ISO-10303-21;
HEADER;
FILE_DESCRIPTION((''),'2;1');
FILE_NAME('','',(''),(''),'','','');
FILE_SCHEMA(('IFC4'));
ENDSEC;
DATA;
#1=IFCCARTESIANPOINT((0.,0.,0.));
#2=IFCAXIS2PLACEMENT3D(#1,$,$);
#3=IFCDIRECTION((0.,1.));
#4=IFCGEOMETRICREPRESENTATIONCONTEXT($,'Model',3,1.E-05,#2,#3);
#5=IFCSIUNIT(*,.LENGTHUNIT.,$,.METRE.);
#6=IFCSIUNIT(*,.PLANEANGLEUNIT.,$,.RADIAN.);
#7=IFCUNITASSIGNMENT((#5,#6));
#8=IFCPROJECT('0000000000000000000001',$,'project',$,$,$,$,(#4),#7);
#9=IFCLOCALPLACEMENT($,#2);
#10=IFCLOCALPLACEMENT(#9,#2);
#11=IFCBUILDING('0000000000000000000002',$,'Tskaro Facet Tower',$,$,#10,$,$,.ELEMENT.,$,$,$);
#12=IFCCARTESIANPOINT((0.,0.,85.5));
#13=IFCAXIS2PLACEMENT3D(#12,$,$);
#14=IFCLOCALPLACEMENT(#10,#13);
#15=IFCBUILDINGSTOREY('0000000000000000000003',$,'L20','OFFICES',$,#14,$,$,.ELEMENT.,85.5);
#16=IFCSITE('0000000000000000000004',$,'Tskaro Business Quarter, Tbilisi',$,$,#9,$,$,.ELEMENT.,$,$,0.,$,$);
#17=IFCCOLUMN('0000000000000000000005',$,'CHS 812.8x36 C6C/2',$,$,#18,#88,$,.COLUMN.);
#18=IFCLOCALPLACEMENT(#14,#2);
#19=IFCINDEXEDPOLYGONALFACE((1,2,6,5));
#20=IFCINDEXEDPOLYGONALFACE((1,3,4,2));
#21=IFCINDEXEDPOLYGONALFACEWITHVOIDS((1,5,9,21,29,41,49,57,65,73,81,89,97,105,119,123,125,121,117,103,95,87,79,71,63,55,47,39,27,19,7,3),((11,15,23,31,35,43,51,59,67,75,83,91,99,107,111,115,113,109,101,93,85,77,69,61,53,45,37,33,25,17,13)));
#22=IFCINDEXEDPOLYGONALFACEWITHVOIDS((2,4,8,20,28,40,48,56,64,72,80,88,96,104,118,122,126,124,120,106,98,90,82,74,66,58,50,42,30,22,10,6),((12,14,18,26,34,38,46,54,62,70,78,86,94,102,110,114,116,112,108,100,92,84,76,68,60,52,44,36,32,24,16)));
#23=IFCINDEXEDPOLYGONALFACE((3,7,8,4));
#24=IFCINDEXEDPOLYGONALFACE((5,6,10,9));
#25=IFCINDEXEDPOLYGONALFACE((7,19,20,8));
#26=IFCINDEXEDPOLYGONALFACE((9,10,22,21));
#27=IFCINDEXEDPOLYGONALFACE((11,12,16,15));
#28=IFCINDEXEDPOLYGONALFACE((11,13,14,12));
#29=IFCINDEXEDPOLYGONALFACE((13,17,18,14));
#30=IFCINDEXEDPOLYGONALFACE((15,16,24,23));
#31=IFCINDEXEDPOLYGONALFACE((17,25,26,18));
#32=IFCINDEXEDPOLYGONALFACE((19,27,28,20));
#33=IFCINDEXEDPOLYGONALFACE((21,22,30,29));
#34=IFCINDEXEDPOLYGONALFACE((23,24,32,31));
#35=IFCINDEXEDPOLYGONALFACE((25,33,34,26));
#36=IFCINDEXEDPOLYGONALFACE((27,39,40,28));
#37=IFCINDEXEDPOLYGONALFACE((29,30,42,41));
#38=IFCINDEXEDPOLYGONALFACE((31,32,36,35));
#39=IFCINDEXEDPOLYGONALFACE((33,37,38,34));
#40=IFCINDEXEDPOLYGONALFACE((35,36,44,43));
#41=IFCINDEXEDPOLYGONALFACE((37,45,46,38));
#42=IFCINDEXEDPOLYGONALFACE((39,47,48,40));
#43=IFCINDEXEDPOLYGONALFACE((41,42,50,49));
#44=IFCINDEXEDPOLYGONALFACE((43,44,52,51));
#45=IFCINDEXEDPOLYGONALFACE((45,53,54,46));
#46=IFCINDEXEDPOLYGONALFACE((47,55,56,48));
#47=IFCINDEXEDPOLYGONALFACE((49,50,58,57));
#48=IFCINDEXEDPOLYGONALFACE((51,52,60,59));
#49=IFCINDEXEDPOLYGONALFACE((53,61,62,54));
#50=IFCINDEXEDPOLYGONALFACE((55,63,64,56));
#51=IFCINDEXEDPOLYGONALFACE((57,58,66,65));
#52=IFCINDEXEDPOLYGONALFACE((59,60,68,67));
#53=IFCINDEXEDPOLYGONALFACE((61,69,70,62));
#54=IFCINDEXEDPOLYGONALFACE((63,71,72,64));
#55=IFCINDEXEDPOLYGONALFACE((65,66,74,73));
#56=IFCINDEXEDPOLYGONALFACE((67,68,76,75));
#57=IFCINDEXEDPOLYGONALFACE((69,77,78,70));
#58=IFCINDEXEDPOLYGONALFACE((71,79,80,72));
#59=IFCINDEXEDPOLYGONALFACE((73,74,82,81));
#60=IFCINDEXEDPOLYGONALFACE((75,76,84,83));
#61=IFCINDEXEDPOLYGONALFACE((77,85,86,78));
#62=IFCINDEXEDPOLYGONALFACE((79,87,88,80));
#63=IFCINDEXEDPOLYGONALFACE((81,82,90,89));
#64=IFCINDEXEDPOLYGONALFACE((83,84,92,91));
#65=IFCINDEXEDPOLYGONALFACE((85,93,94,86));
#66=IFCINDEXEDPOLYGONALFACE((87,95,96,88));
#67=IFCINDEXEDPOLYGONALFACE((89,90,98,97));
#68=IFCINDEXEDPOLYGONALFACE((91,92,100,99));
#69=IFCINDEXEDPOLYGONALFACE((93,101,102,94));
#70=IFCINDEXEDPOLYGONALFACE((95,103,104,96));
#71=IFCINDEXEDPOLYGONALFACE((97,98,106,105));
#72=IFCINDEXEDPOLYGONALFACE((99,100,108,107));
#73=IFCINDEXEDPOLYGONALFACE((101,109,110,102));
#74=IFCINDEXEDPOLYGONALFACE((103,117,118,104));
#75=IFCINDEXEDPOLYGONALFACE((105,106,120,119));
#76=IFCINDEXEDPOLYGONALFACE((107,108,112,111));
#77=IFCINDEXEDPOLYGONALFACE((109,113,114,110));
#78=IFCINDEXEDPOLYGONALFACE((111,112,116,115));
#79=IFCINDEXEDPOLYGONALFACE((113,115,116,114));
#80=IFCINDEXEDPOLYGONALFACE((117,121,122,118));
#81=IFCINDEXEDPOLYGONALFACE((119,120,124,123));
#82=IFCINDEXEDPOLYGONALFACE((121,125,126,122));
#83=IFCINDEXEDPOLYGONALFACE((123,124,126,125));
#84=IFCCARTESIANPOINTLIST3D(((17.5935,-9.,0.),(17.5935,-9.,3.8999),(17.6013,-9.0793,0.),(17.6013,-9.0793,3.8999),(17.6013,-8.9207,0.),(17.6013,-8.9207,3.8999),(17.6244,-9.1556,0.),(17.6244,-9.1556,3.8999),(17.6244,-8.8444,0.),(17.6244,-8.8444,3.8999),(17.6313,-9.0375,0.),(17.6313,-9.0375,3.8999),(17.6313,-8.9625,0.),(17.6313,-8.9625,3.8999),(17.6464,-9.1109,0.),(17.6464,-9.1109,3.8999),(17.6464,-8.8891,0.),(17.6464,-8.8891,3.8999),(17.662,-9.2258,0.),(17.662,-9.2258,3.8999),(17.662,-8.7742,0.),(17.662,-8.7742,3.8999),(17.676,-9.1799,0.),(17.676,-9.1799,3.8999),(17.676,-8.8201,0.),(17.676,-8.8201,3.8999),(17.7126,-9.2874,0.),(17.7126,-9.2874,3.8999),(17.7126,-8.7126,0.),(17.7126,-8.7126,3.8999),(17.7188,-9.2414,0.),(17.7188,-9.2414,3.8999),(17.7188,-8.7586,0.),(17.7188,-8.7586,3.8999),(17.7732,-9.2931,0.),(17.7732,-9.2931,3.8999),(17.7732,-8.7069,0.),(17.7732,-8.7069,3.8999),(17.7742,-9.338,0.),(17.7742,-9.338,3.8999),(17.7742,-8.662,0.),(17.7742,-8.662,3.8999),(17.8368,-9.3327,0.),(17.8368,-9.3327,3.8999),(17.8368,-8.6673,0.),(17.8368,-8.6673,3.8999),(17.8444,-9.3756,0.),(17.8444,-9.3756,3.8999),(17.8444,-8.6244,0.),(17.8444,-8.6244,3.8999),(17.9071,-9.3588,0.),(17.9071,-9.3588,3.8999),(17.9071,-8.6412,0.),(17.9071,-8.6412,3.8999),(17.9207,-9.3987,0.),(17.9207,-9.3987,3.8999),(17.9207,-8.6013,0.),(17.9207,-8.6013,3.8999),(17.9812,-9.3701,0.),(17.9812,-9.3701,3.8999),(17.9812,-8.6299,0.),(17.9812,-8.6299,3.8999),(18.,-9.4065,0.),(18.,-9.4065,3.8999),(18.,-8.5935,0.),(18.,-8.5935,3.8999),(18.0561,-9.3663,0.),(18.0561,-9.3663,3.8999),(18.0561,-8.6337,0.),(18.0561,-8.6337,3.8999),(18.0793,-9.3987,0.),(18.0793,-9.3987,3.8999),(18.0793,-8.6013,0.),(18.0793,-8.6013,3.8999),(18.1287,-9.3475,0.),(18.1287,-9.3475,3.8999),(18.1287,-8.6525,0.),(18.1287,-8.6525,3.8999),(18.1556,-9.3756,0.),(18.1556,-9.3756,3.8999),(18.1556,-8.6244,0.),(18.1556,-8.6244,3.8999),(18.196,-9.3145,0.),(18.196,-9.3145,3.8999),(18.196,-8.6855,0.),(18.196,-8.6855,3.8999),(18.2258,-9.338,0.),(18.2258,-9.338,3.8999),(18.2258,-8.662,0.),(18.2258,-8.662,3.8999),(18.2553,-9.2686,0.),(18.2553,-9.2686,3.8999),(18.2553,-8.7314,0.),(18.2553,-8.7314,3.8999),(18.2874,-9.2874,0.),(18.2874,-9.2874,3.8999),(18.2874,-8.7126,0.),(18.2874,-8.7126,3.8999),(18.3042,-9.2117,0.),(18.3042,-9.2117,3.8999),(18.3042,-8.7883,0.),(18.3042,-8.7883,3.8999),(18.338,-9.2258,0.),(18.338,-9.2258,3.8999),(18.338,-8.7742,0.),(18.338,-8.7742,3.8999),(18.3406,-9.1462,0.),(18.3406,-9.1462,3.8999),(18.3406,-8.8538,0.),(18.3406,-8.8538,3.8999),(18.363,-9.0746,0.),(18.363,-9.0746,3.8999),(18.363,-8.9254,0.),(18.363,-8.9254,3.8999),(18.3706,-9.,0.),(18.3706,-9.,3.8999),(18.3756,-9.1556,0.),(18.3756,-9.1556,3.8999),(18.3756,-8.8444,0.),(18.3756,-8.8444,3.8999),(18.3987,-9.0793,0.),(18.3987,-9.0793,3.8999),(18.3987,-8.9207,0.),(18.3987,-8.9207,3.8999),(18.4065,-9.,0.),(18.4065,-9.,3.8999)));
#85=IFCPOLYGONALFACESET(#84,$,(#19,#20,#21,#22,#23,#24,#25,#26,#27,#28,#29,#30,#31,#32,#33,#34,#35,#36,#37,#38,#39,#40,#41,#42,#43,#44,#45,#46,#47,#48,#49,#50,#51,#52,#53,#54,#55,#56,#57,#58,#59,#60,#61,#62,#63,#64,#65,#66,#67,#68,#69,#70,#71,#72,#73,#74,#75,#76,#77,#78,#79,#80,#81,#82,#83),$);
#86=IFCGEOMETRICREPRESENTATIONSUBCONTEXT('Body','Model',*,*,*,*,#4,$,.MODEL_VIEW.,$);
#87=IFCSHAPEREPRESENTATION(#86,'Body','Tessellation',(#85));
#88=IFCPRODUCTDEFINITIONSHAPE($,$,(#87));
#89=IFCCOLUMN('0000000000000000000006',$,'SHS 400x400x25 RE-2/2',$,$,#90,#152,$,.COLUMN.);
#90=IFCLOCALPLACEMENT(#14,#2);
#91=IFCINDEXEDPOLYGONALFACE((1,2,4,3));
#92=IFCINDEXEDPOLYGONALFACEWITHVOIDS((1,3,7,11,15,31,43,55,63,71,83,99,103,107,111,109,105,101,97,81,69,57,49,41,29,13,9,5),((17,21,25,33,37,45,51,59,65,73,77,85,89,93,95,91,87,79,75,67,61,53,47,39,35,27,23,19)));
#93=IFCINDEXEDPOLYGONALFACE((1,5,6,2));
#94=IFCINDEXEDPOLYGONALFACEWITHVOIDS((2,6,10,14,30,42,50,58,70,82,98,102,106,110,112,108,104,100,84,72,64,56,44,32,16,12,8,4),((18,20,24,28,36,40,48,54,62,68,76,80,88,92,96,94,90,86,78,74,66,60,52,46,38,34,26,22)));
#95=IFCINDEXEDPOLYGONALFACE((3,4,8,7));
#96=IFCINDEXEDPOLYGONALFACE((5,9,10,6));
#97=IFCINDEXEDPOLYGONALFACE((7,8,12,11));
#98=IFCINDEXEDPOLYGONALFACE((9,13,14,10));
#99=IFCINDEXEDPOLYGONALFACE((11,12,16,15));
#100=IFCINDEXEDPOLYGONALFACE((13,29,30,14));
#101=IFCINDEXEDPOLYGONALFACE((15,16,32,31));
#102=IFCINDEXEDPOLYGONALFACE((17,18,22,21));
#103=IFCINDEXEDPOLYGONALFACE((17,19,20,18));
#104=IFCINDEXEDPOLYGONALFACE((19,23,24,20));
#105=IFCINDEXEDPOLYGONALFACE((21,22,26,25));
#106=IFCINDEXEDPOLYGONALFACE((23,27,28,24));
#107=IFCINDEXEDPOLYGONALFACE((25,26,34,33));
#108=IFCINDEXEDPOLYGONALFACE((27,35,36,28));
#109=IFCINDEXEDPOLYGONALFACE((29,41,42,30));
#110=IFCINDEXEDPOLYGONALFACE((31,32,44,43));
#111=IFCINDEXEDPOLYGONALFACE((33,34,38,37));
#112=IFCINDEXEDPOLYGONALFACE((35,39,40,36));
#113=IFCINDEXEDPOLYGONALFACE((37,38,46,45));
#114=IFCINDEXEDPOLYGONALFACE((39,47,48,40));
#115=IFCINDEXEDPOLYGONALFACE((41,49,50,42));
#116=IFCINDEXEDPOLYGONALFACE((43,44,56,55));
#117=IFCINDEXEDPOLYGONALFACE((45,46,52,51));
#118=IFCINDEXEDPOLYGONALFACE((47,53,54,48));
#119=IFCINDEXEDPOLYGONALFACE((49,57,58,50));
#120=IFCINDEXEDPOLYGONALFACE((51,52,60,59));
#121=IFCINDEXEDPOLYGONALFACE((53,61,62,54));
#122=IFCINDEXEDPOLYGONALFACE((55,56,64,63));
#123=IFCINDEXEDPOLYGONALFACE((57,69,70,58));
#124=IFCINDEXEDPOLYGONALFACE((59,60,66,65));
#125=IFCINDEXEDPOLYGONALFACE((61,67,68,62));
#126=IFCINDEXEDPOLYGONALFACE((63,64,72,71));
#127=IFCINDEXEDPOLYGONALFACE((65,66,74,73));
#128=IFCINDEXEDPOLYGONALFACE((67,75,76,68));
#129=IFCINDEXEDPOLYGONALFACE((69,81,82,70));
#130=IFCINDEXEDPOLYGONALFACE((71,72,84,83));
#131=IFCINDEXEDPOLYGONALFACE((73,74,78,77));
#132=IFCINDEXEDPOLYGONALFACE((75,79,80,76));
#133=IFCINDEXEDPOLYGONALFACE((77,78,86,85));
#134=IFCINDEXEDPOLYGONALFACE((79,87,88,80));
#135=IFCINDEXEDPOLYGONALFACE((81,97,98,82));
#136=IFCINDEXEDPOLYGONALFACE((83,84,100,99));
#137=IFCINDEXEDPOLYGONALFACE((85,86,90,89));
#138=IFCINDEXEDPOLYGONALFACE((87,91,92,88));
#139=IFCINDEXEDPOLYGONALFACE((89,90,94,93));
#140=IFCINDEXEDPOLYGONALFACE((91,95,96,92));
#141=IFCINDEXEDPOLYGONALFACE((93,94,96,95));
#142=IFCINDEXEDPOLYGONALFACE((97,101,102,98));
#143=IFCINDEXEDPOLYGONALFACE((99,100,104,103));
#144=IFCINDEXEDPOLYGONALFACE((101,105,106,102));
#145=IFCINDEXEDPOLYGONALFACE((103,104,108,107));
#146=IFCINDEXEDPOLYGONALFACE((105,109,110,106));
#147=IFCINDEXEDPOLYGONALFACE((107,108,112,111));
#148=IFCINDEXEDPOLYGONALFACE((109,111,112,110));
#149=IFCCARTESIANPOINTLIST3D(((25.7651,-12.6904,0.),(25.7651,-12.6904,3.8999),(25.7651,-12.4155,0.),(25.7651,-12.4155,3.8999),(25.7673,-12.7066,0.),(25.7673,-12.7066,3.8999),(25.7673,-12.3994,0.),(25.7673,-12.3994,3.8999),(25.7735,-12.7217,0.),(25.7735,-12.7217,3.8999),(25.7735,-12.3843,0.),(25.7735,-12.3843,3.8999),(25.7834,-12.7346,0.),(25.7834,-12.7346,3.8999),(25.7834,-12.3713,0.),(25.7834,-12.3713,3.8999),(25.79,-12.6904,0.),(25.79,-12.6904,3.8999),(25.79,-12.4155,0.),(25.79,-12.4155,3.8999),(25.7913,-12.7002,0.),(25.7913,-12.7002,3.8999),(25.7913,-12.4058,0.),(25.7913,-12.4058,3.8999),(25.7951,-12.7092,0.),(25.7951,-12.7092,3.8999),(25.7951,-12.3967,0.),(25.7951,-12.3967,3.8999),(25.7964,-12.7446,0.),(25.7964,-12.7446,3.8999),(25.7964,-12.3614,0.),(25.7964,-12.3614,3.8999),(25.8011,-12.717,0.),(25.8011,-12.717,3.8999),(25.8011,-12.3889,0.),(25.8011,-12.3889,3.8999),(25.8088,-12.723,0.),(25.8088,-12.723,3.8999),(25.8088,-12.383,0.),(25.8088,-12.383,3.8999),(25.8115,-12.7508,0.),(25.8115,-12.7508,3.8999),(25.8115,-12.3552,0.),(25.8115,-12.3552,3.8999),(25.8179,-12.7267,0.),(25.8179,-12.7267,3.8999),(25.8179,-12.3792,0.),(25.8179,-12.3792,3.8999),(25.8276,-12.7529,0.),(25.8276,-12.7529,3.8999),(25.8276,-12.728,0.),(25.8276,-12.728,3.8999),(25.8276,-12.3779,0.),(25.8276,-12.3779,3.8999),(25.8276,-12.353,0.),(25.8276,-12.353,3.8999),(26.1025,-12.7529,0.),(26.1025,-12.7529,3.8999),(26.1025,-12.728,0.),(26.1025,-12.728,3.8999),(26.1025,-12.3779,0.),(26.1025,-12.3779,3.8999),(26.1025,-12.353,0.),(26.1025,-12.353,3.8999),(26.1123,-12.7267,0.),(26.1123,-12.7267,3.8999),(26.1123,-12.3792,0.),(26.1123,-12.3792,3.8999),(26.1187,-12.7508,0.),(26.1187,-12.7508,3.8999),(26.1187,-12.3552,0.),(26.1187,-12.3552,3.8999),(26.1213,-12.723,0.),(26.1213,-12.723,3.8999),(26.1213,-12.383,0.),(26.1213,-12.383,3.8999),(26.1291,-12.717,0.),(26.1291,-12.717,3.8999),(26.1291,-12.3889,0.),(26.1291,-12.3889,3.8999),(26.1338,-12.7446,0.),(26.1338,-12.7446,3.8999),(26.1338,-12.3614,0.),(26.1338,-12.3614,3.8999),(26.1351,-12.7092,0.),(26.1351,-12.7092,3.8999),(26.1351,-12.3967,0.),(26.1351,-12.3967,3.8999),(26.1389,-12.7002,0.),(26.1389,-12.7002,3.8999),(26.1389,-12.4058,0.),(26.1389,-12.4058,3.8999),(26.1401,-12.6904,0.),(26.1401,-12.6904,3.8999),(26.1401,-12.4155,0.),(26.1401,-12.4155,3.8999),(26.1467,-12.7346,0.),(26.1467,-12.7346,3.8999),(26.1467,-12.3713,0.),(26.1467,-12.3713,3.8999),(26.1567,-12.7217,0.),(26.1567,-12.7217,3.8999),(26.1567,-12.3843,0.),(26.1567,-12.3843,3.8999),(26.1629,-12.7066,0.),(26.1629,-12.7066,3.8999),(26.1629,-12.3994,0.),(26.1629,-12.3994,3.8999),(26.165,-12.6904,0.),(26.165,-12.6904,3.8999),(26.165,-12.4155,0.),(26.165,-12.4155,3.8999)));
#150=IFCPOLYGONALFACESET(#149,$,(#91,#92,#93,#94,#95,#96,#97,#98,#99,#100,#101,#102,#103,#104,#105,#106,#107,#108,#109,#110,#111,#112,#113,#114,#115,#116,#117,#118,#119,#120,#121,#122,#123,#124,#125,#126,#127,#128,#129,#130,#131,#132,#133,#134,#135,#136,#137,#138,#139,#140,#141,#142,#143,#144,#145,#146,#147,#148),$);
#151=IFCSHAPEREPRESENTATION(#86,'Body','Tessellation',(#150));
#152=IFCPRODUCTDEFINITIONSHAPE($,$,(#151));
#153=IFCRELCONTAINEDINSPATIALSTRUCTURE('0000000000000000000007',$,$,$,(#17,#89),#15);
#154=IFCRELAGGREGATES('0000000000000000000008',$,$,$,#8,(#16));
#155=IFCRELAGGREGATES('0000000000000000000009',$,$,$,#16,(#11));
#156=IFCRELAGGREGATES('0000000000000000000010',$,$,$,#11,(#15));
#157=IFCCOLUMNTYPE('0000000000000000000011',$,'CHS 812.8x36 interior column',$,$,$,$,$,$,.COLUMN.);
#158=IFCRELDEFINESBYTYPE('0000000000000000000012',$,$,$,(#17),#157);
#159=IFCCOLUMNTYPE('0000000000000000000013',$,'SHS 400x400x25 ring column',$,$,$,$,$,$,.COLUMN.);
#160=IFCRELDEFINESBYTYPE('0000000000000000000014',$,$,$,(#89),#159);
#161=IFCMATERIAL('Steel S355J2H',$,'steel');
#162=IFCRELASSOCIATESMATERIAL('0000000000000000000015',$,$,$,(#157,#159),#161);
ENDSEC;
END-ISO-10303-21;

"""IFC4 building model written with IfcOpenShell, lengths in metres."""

from ifc_helpers import new_model, si_unit, direction, frame, origin, origin_2d, place, context, subcontext, project, spatial, hollow_rectangle, hollow_circle, extrude, material, material_profile, profile_set, type_object, element, save


model = new_model("IFC4")

# Units and contexts
model_context = context("Model", 3, precision=1e-05, world=origin(), true_north=direction((0.0, 1.0)))
body_context = subcontext(model_context, "Body", "Model", "MODEL_VIEW")
ifc_project = project(units=[si_unit("LENGTHUNIT", "METRE"), si_unit("PLANEANGLEUNIT", "RADIAN")], contexts=[model_context])

# Site, building, storey
site_placement = place(None, origin())
site = spatial("IfcSite", under=ifc_project, at=site_placement, Name="Tskaro Business Quarter, Tbilisi", CompositionType="ELEMENT", RefElevation=0.0)
building_placement = place(site_placement, origin())
building = spatial("IfcBuilding", under=site, at=building_placement, Name="Tskaro Facet Tower", CompositionType="ELEMENT")
storey_placement = place(building_placement, frame((0.0, 0.0, 85.5)))
storey = spatial("IfcBuildingStorey", under=building, at=storey_placement, Name="L20", Description="OFFICES", CompositionType="ELEMENT", Elevation=85.5)

# Columns
ifc_material_1 = material(Name="Steel S355J2H", Category="steel")
ifc_material_profile_1 = material_profile(ifc_material_1, hollow_circle(Radius=0.4065, WallThickness=0.0359, at=origin_2d()), Name="CHS 812.8x36")
ifc_profile_set_1 = profile_set([ifc_material_profile_1], Name="Steel S355J2H")
column_type_1 = type_object("IfcColumnType", Name="CHS 812.8x36 interior column", PredefinedType="COLUMN", material=ifc_profile_set_1)
column_placement = place(storey_placement, frame((18.0, -9.0, 0.0), z_axis=(0.0, 0.0, 1.0), x_axis=(1.0, 0.0, 0.0)))
element("IfcColumn", 1, at=column_placement, inside=storey, type_object=column_type_1, Name="CHS 812.8x36 C6C/2", PredefinedType="COLUMN", context=body_context, shape_type="SweptSolid", body=[
    extrude(hollow_circle(Radius=0.4065, WallThickness=0.0359, at=origin_2d()), origin(), (0.0, 0.0, 1.0), 3.8999),
])
ifc_material_profile_2 = material_profile(ifc_material_1, hollow_rectangle(XDim=0.3999, YDim=0.3999, WallThickness=0.0249, InnerFilletRadius=0.0376, OuterFilletRadius=0.0625, at=origin_2d()), Name="SHS 400x400x25")
ifc_profile_set_2 = profile_set([ifc_material_profile_2], Name="Steel S355J2H")
column_type_2 = type_object("IfcColumnType", Name="SHS 400x400x25 ring column", PredefinedType="COLUMN", material=ifc_profile_set_2)
for number, where, z_axis, x_axis, name in (
    (2, (25.9651, -12.553, 0.0), (0.0, 0.0, 1.0), (1.0, 0.0, 0.0), "SHS 400x400x25 RE-2/2"),
):
    element("IfcColumn", number, at=place(storey_placement, frame(where, z_axis=z_axis, x_axis=x_axis)), inside=storey, type_object=column_type_2, Name=name, PredefinedType="COLUMN", context=body_context, shape_type="SweptSolid", body=[
        extrude(hollow_rectangle(XDim=0.3999, YDim=0.3999, WallThickness=0.0249, InnerFilletRadius=0.0376, OuterFilletRadius=0.0625, at=origin_2d()), origin(), (0.0, 0.0, 1.0), 3.8999),
    ])

save(model, "model.ifc")
